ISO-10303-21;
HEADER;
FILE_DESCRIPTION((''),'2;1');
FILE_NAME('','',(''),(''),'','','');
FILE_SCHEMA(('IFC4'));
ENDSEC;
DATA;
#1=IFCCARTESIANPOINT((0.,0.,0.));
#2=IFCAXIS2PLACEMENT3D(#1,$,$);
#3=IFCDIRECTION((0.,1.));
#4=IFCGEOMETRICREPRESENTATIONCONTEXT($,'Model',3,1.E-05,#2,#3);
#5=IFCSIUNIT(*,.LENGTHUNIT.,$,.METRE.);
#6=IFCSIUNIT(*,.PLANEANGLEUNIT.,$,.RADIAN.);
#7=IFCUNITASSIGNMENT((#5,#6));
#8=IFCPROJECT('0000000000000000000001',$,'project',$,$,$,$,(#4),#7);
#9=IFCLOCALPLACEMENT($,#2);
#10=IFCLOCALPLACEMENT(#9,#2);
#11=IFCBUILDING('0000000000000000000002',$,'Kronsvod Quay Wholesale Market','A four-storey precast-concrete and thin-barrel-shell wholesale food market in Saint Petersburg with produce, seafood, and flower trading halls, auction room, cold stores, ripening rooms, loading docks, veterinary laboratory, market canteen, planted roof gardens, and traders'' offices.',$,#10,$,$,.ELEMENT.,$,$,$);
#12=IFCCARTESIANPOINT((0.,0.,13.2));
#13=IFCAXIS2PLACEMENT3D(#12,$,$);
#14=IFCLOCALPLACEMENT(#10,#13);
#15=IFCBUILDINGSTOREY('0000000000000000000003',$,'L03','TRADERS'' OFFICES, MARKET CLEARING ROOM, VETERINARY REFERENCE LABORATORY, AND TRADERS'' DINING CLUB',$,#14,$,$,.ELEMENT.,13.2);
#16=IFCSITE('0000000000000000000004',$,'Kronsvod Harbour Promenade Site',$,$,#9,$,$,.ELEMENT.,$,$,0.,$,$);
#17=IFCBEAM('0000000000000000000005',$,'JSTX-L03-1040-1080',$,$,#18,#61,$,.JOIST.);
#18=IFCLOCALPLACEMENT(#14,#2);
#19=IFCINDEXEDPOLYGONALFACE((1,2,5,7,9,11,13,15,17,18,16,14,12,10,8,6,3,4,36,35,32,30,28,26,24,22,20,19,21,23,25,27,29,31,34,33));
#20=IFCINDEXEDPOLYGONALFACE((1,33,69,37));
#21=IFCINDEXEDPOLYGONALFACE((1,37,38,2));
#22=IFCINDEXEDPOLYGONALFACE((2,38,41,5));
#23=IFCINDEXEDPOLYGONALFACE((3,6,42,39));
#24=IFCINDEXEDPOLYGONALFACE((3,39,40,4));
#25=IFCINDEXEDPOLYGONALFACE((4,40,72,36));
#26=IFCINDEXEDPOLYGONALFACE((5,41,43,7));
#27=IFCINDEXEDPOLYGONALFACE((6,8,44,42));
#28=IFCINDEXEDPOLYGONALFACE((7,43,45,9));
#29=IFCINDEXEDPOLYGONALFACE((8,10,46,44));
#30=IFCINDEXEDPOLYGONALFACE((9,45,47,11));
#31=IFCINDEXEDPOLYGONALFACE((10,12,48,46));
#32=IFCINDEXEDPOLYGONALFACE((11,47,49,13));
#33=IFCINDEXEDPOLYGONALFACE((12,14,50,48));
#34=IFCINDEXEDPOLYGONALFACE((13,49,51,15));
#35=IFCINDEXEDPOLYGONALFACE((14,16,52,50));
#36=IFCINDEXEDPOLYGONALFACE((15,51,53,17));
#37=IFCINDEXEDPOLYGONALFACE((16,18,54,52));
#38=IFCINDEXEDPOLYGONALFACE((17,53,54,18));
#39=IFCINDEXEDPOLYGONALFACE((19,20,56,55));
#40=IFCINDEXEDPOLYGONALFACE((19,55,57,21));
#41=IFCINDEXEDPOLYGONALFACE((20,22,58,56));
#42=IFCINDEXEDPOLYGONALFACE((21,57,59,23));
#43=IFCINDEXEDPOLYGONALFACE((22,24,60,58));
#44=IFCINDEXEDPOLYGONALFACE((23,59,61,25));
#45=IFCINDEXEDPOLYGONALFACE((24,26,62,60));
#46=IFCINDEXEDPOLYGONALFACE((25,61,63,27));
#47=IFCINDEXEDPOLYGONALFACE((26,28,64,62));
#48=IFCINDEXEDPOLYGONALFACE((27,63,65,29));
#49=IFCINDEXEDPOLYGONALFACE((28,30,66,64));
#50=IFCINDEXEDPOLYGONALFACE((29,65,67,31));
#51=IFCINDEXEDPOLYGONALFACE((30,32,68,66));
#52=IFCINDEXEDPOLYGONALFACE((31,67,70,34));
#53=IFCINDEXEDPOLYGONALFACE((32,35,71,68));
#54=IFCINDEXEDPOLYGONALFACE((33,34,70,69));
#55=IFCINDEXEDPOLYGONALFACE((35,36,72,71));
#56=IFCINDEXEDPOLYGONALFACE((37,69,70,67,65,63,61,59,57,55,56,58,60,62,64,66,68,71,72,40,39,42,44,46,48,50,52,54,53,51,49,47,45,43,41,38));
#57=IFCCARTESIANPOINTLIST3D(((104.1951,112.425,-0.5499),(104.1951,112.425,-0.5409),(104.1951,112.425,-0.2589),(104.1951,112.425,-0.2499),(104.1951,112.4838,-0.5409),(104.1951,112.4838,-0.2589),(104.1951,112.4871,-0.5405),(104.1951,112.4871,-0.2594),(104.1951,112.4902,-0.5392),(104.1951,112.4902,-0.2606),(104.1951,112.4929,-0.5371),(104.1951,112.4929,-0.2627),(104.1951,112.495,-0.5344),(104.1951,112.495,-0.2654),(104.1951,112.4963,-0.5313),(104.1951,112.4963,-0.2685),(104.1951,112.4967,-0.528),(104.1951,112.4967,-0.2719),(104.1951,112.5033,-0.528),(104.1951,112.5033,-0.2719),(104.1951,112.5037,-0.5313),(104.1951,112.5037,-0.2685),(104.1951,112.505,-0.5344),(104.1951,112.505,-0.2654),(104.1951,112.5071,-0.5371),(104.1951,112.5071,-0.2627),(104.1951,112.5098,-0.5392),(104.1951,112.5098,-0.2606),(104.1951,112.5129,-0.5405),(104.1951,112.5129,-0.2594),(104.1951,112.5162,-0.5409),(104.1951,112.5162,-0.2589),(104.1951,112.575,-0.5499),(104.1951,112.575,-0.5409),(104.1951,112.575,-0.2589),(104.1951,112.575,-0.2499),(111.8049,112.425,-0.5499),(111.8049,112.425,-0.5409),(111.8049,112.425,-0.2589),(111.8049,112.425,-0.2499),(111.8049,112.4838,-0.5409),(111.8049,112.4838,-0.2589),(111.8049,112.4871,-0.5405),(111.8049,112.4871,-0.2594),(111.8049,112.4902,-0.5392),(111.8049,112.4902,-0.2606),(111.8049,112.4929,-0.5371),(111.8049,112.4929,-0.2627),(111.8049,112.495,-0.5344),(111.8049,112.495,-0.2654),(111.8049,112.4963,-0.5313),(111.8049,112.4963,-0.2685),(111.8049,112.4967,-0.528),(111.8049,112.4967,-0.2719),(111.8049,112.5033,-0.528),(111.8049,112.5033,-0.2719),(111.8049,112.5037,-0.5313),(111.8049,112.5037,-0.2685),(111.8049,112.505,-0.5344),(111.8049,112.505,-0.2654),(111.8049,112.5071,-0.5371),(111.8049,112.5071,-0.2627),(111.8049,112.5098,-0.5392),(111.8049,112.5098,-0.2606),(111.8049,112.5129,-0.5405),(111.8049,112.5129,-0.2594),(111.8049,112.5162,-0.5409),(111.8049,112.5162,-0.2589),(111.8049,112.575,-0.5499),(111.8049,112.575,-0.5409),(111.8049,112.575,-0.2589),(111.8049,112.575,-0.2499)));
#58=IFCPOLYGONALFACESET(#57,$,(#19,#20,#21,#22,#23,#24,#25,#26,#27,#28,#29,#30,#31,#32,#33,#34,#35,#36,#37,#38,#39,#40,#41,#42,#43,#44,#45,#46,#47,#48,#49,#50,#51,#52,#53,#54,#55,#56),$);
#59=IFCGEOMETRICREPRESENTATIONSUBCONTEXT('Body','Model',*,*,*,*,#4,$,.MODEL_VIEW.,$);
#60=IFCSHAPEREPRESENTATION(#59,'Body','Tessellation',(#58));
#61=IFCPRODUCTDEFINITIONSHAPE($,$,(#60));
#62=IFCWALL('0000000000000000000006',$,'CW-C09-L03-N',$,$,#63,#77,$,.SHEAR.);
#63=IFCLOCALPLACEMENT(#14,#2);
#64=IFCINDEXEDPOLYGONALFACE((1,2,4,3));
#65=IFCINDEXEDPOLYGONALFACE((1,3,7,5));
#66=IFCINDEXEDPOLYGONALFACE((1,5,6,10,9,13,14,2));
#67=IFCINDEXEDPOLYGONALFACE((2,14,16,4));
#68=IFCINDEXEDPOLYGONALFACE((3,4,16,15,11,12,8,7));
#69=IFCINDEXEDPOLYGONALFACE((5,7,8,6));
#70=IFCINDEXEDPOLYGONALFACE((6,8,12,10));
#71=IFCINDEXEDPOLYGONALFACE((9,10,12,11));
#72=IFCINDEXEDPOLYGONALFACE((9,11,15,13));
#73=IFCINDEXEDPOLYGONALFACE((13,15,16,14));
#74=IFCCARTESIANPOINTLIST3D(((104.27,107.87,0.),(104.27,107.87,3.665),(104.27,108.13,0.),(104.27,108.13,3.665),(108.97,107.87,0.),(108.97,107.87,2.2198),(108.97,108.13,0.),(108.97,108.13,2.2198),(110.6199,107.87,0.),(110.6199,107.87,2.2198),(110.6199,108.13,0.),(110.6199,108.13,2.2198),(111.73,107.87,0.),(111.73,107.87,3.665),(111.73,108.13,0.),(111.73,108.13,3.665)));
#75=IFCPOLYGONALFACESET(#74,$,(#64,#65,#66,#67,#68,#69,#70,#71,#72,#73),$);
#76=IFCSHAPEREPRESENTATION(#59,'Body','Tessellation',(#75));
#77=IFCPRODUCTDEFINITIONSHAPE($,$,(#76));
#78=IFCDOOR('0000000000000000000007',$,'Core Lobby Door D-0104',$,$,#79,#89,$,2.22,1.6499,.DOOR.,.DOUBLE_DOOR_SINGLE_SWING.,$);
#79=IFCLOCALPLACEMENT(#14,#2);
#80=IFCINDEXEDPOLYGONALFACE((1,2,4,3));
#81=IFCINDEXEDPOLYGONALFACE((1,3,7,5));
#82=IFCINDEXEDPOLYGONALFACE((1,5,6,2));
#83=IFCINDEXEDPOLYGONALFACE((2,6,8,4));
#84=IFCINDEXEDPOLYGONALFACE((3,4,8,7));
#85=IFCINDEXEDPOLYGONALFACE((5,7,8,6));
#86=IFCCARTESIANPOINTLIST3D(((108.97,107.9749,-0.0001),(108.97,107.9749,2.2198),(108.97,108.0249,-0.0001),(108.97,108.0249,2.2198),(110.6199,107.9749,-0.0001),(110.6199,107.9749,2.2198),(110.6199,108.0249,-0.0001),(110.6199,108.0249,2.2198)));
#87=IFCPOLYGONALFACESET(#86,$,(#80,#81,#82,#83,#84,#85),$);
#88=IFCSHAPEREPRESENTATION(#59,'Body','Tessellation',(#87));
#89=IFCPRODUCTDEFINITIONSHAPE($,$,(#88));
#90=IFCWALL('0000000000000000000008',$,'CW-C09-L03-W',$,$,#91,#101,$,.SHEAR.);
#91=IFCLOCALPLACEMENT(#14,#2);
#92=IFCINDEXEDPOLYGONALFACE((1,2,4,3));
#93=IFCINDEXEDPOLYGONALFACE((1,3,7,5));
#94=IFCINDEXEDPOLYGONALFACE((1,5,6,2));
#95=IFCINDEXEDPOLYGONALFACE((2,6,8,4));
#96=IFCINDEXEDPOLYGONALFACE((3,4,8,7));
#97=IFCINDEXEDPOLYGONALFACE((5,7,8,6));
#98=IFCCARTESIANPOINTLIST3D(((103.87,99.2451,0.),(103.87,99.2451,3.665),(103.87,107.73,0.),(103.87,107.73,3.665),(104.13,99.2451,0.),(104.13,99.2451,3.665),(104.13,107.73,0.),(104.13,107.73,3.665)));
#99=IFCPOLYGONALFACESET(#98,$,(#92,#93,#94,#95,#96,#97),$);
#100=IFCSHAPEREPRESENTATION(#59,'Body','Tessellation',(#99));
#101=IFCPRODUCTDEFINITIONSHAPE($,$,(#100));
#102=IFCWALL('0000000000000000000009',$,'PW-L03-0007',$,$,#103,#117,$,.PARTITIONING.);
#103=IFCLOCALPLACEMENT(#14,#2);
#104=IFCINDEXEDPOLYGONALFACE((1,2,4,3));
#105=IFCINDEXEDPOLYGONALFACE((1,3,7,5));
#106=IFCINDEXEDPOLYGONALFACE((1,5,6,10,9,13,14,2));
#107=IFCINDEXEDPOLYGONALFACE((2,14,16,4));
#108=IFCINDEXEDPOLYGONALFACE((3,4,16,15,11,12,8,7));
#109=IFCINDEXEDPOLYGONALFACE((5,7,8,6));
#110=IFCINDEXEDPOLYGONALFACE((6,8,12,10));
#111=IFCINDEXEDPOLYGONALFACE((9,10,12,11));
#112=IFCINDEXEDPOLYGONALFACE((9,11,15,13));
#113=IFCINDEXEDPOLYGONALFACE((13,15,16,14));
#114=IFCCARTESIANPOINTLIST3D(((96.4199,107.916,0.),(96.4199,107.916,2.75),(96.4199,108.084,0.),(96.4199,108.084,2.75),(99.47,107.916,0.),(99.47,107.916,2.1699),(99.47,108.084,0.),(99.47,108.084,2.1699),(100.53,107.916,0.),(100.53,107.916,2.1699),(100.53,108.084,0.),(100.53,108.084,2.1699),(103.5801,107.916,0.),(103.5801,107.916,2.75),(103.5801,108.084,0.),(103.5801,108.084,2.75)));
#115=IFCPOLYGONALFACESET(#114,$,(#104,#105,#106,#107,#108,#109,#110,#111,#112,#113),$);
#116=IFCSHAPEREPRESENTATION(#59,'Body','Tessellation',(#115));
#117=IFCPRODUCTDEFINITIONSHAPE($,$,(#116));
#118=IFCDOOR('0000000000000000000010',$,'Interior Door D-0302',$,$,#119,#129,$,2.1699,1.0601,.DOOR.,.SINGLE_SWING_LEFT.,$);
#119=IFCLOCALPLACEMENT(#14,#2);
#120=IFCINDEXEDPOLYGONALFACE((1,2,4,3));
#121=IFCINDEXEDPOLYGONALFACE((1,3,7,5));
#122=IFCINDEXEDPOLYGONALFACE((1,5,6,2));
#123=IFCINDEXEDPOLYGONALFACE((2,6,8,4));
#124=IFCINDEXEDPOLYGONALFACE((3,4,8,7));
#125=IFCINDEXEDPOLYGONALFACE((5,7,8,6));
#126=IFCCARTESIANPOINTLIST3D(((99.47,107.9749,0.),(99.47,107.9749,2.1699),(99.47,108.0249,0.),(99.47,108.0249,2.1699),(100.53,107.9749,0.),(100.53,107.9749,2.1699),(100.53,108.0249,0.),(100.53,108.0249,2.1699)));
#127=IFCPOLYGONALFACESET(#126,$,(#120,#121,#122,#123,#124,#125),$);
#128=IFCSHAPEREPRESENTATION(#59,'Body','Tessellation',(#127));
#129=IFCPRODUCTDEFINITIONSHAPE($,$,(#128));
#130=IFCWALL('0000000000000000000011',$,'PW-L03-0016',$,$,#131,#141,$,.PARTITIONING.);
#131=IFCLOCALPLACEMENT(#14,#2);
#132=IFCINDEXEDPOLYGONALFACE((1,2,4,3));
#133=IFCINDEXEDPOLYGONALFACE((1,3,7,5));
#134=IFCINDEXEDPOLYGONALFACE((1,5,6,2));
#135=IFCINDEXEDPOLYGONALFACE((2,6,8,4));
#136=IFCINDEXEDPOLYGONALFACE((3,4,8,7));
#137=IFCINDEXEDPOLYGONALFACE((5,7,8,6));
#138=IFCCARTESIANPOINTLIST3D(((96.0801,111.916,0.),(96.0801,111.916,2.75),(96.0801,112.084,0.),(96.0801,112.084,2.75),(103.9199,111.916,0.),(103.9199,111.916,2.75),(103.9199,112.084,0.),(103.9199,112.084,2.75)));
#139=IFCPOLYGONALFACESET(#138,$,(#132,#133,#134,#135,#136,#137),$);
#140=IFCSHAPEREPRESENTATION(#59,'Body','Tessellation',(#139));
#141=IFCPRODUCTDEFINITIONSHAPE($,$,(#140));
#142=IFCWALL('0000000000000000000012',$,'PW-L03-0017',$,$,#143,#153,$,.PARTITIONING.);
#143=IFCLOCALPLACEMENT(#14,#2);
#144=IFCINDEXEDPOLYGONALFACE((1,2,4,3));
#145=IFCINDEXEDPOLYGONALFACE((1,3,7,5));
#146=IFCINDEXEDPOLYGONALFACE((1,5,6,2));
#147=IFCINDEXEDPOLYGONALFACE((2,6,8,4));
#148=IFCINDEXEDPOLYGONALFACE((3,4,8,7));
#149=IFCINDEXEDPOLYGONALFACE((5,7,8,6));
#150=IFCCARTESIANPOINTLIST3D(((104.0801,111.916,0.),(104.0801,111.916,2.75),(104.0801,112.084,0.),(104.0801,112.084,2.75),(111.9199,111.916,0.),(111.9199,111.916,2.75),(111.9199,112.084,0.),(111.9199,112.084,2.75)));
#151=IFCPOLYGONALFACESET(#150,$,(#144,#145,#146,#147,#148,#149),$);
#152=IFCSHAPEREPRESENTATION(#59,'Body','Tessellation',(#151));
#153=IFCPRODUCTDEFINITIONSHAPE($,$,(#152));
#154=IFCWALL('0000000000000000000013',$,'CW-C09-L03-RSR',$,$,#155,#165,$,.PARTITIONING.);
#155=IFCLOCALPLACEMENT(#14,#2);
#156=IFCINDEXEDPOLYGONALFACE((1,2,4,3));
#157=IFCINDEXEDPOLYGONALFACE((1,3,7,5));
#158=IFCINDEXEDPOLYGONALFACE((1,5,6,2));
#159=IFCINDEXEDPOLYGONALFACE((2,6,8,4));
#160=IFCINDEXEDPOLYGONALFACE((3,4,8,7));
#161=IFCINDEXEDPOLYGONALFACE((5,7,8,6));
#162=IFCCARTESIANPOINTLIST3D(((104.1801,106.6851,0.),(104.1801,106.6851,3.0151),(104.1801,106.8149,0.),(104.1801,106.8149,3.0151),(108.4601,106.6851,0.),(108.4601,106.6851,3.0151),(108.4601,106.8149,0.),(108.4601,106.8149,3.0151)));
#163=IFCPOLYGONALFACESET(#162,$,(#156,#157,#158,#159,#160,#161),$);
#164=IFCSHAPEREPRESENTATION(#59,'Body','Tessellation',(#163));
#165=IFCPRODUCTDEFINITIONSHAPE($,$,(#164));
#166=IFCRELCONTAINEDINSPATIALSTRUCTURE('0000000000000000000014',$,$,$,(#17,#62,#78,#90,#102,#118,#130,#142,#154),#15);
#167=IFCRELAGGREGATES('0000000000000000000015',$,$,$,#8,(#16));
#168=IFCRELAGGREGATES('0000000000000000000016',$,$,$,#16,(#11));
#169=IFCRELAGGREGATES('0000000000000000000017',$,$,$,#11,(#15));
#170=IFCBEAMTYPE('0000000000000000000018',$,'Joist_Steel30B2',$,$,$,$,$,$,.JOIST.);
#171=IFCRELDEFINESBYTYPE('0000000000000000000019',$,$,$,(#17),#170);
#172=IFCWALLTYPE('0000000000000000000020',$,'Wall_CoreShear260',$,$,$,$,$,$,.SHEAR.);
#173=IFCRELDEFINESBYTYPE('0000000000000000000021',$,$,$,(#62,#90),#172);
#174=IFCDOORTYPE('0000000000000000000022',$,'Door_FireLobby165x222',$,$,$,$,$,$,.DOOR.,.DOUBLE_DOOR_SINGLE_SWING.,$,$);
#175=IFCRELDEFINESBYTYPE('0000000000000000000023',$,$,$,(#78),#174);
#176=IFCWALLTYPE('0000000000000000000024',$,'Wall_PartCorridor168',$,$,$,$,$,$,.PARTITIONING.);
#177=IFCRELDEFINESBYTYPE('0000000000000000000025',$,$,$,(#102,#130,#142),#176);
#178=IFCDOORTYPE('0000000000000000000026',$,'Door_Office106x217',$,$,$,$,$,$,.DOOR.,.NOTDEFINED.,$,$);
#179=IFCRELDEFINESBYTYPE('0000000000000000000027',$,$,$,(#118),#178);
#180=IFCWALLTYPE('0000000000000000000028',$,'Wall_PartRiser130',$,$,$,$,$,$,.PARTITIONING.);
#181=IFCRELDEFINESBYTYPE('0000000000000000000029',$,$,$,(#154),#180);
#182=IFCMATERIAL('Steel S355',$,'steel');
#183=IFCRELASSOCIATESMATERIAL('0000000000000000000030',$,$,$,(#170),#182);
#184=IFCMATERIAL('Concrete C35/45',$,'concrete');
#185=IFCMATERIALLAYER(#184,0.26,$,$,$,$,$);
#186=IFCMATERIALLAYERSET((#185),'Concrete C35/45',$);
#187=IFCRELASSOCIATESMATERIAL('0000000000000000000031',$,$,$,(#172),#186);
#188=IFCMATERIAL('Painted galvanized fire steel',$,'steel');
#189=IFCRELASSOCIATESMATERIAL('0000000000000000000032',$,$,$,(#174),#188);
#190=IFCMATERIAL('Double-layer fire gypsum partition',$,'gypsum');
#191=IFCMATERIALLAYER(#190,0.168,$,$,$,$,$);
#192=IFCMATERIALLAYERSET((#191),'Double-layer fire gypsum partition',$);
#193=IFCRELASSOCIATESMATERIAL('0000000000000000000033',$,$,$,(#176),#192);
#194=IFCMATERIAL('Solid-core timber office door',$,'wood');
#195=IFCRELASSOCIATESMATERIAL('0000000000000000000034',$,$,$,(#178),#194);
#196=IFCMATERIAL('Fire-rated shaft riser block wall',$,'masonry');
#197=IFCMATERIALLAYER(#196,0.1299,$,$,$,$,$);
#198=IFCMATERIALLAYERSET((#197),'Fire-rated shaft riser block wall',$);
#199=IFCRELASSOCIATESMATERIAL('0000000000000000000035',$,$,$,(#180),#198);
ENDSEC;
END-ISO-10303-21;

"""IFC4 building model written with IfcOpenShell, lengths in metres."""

from ifc_helpers import new_model, si_unit, direction, frame, frame_2d, origin, origin_2d, place, context, subcontext, project, spatial, rectangle, i_section, extrude, material, layer, layer_set, material_profile, profile_set, type_object, element, fill, save


model = new_model("IFC4")

# Units and contexts
model_context = context("Model", 3, precision=1e-05, world=origin(), true_north=direction((0.0, 1.0)))
body_context = subcontext(model_context, "Body", "Model", "MODEL_VIEW")
ifc_project = project(units=[si_unit("LENGTHUNIT", "METRE"), si_unit("PLANEANGLEUNIT", "RADIAN")], contexts=[model_context])

# Site, building, storey
site_placement = place(None, origin())
site = spatial("IfcSite", under=ifc_project, at=site_placement, Name="Kronsvod Harbour Promenade Site", CompositionType="ELEMENT", RefElevation=0.0)
building_placement = place(site_placement, origin())
building = spatial("IfcBuilding", under=site, at=building_placement, Name="Kronsvod Quay Wholesale Market", Description="A four-storey precast-concrete and thin-barrel-shell wholesale food market in Saint Petersburg with produce, seafood, and flower trading halls, auction room, cold stores, ripening rooms, loading docks, veterinary laboratory, market canteen, planted roof gardens, and traders' offices.", CompositionType="ELEMENT")
storey_placement = place(building_placement, frame((0.0, 0.0, 13.2)))
storey = spatial("IfcBuildingStorey", under=building, at=storey_placement, Name="L03", Description="TRADERS' OFFICES, MARKET CLEARING ROOM, VETERINARY REFERENCE LABORATORY, AND TRADERS' DINING CLUB", CompositionType="ELEMENT", Elevation=13.2)

# Beam
ifc_material_1 = material(Name="Steel S355", Category="steel")
ifc_material_profile_1 = material_profile(ifc_material_1, i_section(OverallWidth=0.1499, OverallDepth=0.3, WebThickness=0.0066, FlangeThickness=0.009, FilletRadius=0.0129, at=origin_2d()), Name="30B2")
ifc_profile_set_1 = profile_set([ifc_material_profile_1], Name="Steel S355")
beam_type_1 = type_object("IfcBeamType", Name="Joist_Steel30B2", PredefinedType="JOIST", material=ifc_profile_set_1)
for number, where, z_axis, x_axis, name in (
    (1, (104.1951, 112.5, -0.3999), (1.0, 0.0, 0.0), (0.0, 1.0, 0.0), "JSTX-L03-1040-1080"),
):
    element("IfcBeam", number, at=place(storey_placement, frame(where, z_axis=z_axis, x_axis=x_axis)), inside=storey, type_object=beam_type_1, Name=name, PredefinedType="JOIST", context=body_context, shape_type="SweptSolid", body=[
        extrude(i_section(OverallWidth=0.1499, OverallDepth=0.3, WebThickness=0.0066, FlangeThickness=0.009, FilletRadius=0.0129, at=origin_2d()), origin(), (0.0, 0.0, 1.0), 7.6099),
    ])

# Wall, opening, door
ifc_material_2 = material(Name="Concrete C35/45", Category="concrete")
ifc_layer_1 = layer(ifc_material_2, 0.26)
ifc_layer_set_1 = layer_set([ifc_layer_1], Name="Concrete C35/45")
wall_type_1 = type_object("IfcWallType", Name="Wall_CoreShear260", PredefinedType="SHEAR", material=ifc_layer_set_1)
wall_1_placement = place(storey_placement, frame((104.27, 108.0, 0.0), z_axis=(0.0, 0.0, 1.0), x_axis=(1.0, 0.0, 0.0)))
wall_1 = element("IfcWall", 2, at=wall_1_placement, inside=storey, type_object=wall_type_1, Name="CW-C09-L03-N", PredefinedType="SHEAR", context=body_context, shape_type="SweptSolid", body=[
    extrude(rectangle(XDim=7.46, YDim=0.26, at=frame_2d((3.73, 0.0))), origin(), (0.0, 0.0, 1.0), 3.665),
])
opening_1_placement = place(wall_1_placement, frame((4.7, 0.0, 0.0)))
opening_1 = element("IfcOpeningElement", 3, at=opening_1_placement, cuts=wall_1, PredefinedType="OPENING", context=body_context, shape_type="SweptSolid", body=[
    extrude(rectangle(XDim=1.6499, YDim=2.22, at=frame_2d((0.825, 1.1099))), frame((0.0, 0.1401, 0.0), z_axis=(0.0, -1.0, 0.0), x_axis=(1.0, 0.0, 0.0)), (0.0, 0.0, 1.0), 0.28),
])
ifc_material_3 = material(Name="Painted galvanized fire steel", Category="steel")
door_type_1 = type_object("IfcDoorType", Name="Door_FireLobby165x222", OperationType="DOUBLE_DOOR_SINGLE_SWING", PredefinedType="DOOR", material=ifc_material_3)
door_1_placement = place(opening_1_placement, origin())
door_1 = element("IfcDoor", 4, at=door_1_placement, inside=storey, type_object=door_type_1, Name="Core Lobby Door D-0104", OperationType="DOUBLE_DOOR_SINGLE_SWING", OverallHeight=2.22, OverallWidth=1.6499, PredefinedType="DOOR", context=body_context, shape_type="SweptSolid", body=[
    extrude(rectangle(XDim=1.6499, YDim=2.22, at=frame_2d((0.825, 1.1099))), frame((0.0, 0.0249, 0.0), z_axis=(0.0, -1.0, 0.0), x_axis=(1.0, 0.0, 0.0)), (0.0, 0.0, 1.0), 0.05),
])
fill(opening_1, door_1)

# Wall
wall_2_placement = place(storey_placement, frame((104.0, 99.2451, 0.0), z_axis=(0.0, 0.0, 1.0), x_axis=(0.0, 1.0, 0.0)))
element("IfcWall", 5, at=wall_2_placement, inside=storey, type_object=wall_type_1, Name="CW-C09-L03-W", PredefinedType="SHEAR", context=body_context, shape_type="SweptSolid", body=[
    extrude(rectangle(XDim=8.4849, YDim=0.26, at=frame_2d((4.2424, 0.0))), origin(), (0.0, 0.0, 1.0), 3.665),
])

# Wall, opening, door
ifc_material_4 = material(Name="Double-layer fire gypsum partition", Category="gypsum")
ifc_layer_2 = layer(ifc_material_4, 0.168)
ifc_layer_set_2 = layer_set([ifc_layer_2], Name="Double-layer fire gypsum partition")
wall_type_2 = type_object("IfcWallType", Name="Wall_PartCorridor168", PredefinedType="PARTITIONING", material=ifc_layer_set_2)
wall_3_placement = place(storey_placement, frame((96.4199, 108.0, 0.0), z_axis=(0.0, 0.0, 1.0), x_axis=(1.0, 0.0, 0.0)))
wall_3 = element("IfcWall", 6, at=wall_3_placement, inside=storey, type_object=wall_type_2, Name="PW-L03-0007", PredefinedType="PARTITIONING", context=body_context, shape_type="SweptSolid", body=[
    extrude(rectangle(XDim=7.1602, YDim=0.168, at=frame_2d((3.5801, 0.0))), origin(), (0.0, 0.0, 1.0), 2.75),
])
opening_2_placement = place(wall_3_placement, frame((3.05, 0.0, 0.0)))
opening_2 = element("IfcOpeningElement", 7, at=opening_2_placement, cuts=wall_3, PredefinedType="OPENING", context=body_context, shape_type="SweptSolid", body=[
    extrude(rectangle(XDim=1.0601, YDim=2.1699, at=frame_2d((0.53, 1.085))), frame((0.0, 0.094, 0.0), z_axis=(0.0, -1.0, 0.0), x_axis=(1.0, 0.0, 0.0)), (0.0, 0.0, 1.0), 0.188),
])
ifc_material_5 = material(Name="Solid-core timber office door", Category="wood")
door_type_2 = type_object("IfcDoorType", Name="Door_Office106x217", OperationType="NOTDEFINED", PredefinedType="DOOR", material=ifc_material_5)
door_2_placement = place(opening_2_placement, origin())
door_2 = element("IfcDoor", 8, at=door_2_placement, inside=storey, type_object=door_type_2, Name="Interior Door D-0302", OperationType="SINGLE_SWING_LEFT", OverallHeight=2.1699, OverallWidth=1.0601, PredefinedType="DOOR", context=body_context, shape_type="SweptSolid", body=[
    extrude(rectangle(XDim=1.0601, YDim=2.1699, at=frame_2d((0.53, 1.085))), frame((0.0, 0.0249, 0.0), z_axis=(0.0, -1.0, 0.0), x_axis=(1.0, 0.0, 0.0)), (0.0, 0.0, 1.0), 0.05),
])
fill(opening_2, door_2)

# Walls
for number, where, z_axis, x_axis, name in (
    (9, (96.0801, 112.0, 0.0), (0.0, 0.0, 1.0), (1.0, 0.0, 0.0), "PW-L03-0016"),
    (10, (104.0801, 112.0, 0.0), (0.0, 0.0, 1.0), (1.0, 0.0, 0.0), "PW-L03-0017"),
):
    element("IfcWall", number, at=place(storey_placement, frame(where, z_axis=z_axis, x_axis=x_axis)), inside=storey, type_object=wall_type_2, Name=name, PredefinedType="PARTITIONING", context=body_context, shape_type="SweptSolid", body=[
        extrude(rectangle(XDim=7.8398, YDim=0.168, at=frame_2d((3.9199, 0.0))), origin(), (0.0, 0.0, 1.0), 2.75),
    ])
ifc_material_6 = material(Name="Fire-rated shaft riser block wall", Category="masonry")
ifc_layer_3 = layer(ifc_material_6, 0.1299)
ifc_layer_set_3 = layer_set([ifc_layer_3], Name="Fire-rated shaft riser block wall")
wall_type_3 = type_object("IfcWallType", Name="Wall_PartRiser130", PredefinedType="PARTITIONING", material=ifc_layer_set_3)
wall_4_placement = place(storey_placement, frame((104.1799, 106.75, 0.0), z_axis=(0.0, 0.0, 1.0), x_axis=(1.0, 0.0, 0.0)))
element("IfcWall", 11, at=wall_4_placement, inside=storey, type_object=wall_type_3, Name="CW-C09-L03-RSR", PredefinedType="PARTITIONING", context=body_context, shape_type="SweptSolid", body=[
    extrude(rectangle(XDim=4.28, YDim=0.1299, at=frame_2d((2.1401, 0.0))), origin(), (0.0, 0.0, 1.0), 3.0151),
])

save(model, "model.ifc")
